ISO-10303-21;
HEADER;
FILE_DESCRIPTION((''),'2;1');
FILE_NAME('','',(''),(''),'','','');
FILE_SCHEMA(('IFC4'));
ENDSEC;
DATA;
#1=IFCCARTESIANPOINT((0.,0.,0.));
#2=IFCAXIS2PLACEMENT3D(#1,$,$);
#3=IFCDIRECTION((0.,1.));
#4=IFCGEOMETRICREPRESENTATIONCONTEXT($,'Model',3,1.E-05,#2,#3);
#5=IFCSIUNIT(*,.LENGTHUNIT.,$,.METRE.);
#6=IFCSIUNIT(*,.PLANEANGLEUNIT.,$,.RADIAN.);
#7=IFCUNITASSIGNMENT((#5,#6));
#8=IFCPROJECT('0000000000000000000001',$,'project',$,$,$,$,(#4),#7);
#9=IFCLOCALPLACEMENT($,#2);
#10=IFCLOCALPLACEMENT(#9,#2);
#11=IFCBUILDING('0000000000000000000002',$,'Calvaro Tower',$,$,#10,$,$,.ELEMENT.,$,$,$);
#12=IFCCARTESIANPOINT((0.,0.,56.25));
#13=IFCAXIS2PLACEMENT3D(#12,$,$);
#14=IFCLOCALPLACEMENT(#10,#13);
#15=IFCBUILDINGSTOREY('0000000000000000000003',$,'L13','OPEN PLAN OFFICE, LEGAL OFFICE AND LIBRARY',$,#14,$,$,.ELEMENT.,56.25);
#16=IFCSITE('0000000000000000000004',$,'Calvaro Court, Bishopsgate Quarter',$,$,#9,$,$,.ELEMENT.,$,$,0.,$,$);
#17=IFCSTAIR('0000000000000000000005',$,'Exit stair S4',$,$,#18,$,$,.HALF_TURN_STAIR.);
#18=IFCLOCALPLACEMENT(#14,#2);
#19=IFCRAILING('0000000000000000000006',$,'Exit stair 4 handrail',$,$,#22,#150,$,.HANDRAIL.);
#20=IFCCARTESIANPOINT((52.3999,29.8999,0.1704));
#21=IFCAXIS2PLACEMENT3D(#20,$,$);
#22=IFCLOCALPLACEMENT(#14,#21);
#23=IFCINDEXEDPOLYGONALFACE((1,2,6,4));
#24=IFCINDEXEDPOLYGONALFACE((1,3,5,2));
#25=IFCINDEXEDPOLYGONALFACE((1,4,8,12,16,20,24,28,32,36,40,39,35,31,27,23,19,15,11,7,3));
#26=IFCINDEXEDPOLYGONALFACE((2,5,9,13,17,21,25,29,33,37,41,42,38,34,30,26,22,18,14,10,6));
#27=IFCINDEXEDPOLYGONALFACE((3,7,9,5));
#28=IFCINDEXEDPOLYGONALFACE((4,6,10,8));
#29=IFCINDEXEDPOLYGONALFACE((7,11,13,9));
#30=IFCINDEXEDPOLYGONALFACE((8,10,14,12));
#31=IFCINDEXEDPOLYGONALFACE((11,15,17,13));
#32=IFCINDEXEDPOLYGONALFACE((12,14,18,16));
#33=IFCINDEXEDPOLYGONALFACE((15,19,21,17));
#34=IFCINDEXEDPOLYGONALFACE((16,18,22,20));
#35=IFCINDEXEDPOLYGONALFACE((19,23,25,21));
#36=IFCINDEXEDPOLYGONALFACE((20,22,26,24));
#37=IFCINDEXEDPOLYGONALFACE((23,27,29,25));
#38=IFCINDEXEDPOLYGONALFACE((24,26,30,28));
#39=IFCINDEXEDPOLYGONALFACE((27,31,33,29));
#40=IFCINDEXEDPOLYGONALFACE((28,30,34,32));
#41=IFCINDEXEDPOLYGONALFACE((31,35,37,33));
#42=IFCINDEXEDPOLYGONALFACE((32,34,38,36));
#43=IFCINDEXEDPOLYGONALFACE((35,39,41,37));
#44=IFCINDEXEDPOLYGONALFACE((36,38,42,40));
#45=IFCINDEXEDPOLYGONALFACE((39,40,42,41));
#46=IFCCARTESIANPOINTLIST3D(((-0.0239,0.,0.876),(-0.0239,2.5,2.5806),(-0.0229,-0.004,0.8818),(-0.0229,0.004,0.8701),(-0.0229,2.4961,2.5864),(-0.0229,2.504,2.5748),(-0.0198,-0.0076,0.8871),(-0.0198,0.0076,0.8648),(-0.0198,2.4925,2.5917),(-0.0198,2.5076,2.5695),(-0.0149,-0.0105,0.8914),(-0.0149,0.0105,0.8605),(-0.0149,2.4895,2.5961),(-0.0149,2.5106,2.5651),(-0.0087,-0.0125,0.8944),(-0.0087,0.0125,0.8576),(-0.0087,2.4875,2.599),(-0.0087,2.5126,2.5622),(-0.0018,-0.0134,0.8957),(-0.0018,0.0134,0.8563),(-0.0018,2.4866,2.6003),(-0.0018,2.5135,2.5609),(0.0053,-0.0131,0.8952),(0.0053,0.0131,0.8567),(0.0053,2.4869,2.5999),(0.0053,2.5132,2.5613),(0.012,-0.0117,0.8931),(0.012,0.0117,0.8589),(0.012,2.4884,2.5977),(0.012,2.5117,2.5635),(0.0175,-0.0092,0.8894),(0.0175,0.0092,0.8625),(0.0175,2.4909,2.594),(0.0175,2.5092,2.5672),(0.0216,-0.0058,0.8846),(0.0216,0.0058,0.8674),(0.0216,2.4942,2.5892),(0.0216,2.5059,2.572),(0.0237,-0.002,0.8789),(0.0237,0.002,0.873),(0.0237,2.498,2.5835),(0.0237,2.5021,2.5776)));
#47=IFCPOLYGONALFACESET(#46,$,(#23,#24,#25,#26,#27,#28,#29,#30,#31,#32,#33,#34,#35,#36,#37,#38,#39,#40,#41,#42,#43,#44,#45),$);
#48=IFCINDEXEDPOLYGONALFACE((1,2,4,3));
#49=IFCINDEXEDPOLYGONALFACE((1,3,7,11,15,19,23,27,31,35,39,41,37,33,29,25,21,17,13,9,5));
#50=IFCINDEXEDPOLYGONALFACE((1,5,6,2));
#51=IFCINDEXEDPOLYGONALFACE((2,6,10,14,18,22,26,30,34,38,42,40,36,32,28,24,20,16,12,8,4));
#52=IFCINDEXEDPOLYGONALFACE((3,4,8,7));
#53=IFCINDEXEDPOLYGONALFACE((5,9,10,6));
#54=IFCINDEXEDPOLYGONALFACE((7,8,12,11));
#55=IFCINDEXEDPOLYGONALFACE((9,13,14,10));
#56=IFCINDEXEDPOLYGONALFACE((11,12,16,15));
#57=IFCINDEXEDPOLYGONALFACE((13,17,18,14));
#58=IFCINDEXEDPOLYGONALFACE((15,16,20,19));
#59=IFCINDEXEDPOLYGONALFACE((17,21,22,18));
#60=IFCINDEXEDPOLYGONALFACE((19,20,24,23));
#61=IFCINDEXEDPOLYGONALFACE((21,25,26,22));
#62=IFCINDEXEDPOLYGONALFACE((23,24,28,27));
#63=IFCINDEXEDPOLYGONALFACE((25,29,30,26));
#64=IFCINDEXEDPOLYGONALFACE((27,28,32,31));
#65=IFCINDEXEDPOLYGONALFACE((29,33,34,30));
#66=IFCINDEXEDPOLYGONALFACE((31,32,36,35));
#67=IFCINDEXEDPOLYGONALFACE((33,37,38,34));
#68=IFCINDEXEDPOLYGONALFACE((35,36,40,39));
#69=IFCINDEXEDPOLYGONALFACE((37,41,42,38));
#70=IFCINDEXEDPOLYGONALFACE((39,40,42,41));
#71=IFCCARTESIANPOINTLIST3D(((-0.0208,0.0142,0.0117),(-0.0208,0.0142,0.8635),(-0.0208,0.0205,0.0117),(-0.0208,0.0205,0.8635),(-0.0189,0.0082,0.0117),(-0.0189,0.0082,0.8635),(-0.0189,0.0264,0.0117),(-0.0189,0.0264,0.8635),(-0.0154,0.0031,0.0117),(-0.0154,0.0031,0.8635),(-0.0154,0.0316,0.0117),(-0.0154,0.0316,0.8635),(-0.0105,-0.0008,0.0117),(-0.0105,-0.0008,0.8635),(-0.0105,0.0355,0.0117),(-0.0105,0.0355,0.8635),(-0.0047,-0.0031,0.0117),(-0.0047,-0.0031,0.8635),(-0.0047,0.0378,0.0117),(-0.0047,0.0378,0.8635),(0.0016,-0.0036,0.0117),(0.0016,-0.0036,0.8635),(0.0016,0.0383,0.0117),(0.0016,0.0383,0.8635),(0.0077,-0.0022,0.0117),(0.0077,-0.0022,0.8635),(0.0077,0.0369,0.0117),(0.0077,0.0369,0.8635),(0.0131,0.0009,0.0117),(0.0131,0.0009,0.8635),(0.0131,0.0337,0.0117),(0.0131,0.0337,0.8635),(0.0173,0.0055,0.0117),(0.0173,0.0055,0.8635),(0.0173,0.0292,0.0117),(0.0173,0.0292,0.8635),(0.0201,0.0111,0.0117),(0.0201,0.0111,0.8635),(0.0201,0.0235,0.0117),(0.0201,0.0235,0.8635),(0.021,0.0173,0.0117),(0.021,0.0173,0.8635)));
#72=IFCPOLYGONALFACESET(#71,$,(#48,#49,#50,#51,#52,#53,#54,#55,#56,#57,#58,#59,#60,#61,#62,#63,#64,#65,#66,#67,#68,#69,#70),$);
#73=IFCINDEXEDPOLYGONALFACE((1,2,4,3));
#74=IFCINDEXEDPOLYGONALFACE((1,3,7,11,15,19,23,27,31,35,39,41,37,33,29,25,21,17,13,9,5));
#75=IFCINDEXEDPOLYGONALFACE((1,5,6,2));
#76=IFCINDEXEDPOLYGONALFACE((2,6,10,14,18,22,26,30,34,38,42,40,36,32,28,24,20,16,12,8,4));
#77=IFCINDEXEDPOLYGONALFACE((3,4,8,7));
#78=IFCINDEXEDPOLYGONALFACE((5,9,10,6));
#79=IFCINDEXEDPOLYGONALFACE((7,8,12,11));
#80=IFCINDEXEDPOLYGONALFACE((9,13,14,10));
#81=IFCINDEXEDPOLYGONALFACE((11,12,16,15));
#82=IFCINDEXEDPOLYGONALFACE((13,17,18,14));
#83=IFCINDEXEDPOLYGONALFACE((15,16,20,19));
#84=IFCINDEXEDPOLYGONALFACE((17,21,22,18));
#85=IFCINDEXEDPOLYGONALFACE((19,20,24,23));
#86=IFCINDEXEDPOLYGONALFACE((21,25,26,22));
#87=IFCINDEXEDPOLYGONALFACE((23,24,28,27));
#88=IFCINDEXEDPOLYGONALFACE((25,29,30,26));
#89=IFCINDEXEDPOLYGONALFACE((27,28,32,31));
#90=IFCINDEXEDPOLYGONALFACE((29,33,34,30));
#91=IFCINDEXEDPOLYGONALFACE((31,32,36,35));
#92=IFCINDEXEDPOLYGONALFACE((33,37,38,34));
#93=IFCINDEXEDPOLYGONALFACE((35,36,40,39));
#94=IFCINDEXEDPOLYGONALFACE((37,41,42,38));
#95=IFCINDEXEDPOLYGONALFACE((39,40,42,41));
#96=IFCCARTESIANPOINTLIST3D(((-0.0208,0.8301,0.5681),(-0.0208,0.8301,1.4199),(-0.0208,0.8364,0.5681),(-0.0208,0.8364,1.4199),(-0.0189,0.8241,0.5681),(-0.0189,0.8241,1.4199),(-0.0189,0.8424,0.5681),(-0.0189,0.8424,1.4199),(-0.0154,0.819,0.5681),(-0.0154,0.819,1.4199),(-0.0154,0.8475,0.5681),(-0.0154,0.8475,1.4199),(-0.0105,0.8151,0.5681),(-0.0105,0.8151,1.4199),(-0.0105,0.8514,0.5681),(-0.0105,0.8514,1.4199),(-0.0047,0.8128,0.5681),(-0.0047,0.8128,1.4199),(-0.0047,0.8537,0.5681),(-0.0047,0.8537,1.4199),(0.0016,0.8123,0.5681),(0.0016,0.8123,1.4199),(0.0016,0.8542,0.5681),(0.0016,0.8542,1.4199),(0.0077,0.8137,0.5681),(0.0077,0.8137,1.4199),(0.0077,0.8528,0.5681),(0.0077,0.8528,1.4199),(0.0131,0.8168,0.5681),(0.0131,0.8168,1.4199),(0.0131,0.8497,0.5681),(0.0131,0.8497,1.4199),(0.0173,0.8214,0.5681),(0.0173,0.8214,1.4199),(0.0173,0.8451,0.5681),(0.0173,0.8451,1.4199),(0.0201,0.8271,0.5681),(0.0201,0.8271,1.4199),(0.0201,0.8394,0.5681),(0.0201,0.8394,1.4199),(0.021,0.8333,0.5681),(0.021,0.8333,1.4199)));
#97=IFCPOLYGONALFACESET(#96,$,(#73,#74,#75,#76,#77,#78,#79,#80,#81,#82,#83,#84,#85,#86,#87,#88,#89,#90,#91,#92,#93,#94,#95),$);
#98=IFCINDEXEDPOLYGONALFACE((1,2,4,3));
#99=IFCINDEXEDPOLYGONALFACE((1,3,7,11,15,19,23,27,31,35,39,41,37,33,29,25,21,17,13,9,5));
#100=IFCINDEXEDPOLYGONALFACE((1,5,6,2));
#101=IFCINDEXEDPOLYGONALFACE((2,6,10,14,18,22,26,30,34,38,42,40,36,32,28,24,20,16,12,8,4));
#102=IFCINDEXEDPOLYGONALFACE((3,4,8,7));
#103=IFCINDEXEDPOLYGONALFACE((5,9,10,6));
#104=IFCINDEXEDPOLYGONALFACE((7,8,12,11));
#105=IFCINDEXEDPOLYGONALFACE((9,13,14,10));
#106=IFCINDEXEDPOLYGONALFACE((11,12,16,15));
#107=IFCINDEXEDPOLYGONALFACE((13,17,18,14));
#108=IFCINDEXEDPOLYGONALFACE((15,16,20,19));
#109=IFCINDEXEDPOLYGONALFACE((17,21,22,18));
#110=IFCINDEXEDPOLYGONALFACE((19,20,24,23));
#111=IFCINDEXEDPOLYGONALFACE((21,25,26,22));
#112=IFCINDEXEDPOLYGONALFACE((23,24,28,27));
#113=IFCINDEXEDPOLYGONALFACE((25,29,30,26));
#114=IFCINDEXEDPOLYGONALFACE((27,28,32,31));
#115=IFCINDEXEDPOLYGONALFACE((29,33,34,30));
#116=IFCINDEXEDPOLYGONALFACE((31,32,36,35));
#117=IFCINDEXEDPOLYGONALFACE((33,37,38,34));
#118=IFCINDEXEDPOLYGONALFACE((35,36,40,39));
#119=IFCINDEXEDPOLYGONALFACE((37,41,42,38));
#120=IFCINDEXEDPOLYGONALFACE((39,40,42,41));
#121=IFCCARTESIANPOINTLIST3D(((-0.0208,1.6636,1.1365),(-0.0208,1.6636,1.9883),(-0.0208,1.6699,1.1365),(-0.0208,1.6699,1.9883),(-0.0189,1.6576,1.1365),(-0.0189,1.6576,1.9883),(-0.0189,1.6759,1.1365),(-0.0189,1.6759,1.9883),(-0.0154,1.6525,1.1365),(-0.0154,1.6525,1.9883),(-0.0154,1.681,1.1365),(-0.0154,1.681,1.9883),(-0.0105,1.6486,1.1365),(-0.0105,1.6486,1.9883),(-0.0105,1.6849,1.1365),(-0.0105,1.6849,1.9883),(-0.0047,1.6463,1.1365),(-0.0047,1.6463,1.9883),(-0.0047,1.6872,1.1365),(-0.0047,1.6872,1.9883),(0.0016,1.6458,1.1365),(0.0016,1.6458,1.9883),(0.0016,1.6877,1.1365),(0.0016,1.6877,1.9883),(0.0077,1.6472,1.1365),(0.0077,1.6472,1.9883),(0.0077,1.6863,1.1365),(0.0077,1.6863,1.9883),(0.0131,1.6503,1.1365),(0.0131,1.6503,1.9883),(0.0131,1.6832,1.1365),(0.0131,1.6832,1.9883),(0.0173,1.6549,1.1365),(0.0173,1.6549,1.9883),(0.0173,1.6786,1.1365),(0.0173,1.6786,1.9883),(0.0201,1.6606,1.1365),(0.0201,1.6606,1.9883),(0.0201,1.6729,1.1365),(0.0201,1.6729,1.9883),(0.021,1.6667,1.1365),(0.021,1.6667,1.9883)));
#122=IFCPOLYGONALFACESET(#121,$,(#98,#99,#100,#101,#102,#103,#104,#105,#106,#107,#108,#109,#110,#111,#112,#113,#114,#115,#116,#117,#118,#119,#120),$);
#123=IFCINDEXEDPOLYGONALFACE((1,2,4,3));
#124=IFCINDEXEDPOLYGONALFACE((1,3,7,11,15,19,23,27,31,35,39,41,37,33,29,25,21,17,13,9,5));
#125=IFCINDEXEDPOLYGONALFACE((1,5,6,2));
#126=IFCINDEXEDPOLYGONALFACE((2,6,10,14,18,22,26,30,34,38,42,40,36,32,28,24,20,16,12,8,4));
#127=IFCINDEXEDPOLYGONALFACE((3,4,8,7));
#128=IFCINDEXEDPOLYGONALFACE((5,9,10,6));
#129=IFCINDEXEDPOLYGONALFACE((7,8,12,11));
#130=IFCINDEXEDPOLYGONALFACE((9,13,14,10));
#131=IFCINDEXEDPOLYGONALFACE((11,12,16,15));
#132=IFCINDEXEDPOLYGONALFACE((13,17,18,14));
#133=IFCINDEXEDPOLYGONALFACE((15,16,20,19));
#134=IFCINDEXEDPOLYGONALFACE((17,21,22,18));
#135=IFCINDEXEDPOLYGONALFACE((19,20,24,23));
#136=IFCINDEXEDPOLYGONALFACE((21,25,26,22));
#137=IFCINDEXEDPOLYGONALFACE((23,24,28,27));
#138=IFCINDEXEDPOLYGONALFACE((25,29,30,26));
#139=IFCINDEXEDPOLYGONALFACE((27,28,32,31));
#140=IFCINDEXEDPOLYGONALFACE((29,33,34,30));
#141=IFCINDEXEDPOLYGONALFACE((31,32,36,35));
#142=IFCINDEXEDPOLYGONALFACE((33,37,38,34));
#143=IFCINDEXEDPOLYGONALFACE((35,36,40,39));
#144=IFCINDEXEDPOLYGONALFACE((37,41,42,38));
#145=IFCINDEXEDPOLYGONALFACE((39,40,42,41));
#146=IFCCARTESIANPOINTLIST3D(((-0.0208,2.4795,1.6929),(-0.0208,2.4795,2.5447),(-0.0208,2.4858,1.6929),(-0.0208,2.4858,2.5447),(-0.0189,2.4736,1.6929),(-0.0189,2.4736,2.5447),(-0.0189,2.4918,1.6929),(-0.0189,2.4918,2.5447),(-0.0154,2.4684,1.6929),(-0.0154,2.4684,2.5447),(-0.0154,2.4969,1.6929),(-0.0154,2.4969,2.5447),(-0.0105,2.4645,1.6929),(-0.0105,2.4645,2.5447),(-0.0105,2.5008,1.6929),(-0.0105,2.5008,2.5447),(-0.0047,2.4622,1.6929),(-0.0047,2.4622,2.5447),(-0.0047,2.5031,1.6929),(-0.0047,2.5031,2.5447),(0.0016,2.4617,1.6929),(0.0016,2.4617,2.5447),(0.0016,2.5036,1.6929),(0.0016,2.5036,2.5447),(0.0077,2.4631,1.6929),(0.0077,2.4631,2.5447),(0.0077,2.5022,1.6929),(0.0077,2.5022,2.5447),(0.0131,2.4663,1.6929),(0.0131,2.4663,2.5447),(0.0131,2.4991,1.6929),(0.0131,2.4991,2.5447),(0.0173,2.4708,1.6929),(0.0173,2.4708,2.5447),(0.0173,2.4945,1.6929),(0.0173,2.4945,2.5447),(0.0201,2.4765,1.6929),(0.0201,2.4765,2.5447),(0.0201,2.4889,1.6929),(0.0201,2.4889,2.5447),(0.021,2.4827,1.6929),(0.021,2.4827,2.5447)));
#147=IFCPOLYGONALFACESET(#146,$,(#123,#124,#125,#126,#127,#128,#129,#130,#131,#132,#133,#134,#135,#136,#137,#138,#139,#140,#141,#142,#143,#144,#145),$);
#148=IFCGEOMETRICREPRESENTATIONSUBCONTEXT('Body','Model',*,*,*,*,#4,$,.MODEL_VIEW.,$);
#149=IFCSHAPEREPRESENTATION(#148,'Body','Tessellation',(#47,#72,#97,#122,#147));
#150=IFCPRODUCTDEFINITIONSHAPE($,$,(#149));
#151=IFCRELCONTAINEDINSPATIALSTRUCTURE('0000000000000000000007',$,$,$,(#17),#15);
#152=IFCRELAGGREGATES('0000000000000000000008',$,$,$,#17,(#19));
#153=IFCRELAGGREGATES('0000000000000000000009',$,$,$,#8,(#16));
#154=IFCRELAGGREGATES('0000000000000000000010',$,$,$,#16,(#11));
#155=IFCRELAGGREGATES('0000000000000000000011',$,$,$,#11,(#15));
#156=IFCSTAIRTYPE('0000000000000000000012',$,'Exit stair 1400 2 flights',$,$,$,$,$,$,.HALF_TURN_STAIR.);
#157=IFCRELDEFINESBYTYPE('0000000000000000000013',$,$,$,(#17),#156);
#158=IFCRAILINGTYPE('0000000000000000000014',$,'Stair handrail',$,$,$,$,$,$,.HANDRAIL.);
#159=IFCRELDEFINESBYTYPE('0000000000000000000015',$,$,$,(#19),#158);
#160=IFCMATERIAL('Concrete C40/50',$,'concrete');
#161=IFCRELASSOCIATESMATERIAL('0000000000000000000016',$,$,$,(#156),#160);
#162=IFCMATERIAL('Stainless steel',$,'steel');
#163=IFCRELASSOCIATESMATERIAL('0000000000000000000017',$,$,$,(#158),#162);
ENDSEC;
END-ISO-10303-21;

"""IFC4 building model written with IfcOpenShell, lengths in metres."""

from ifc_helpers import new_model, si_unit, direction, frame, origin, origin_2d, place, context, subcontext, project, spatial, circle, extrude, material, type_object, element, aggregate, save


model = new_model("IFC4")

# Units and contexts
model_context = context("Model", 3, precision=1e-05, world=origin(), true_north=direction((0.0, 1.0)))
body_context = subcontext(model_context, "Body", "Model", "MODEL_VIEW")
ifc_project = project(units=[si_unit("LENGTHUNIT", "METRE"), si_unit("PLANEANGLEUNIT", "RADIAN")], contexts=[model_context])

# Site, building, storey
site_placement = place(None, origin())
site = spatial("IfcSite", under=ifc_project, at=site_placement, Name="Calvaro Court, Bishopsgate Quarter", CompositionType="ELEMENT", RefElevation=0.0)
building_placement = place(site_placement, origin())
building = spatial("IfcBuilding", under=site, at=building_placement, Name="Calvaro Tower", CompositionType="ELEMENT")
storey_placement = place(building_placement, frame((0.0, 0.0, 56.25)))
storey = spatial("IfcBuildingStorey", under=building, at=storey_placement, Name="L13", Description="OPEN PLAN OFFICE, LEGAL OFFICE AND LIBRARY", CompositionType="ELEMENT", Elevation=56.25)

# Stair
ifc_material_1 = material(Name="Concrete C40/50", Category="concrete")
stair_type = type_object("IfcStairType", Name="Exit stair 1400 2 flights", PredefinedType="HALF_TURN_STAIR", material=ifc_material_1)
stair_1_placement = place(storey_placement, origin())
stair_1 = element("IfcStair", 1, at=stair_1_placement, inside=storey, type_object=stair_type, Name="Exit stair S4", PredefinedType="HALF_TURN_STAIR")

# Railing
ifc_material_2 = material(Name="Stainless steel", Category="steel")
railing_type = type_object("IfcRailingType", Name="Stair handrail", PredefinedType="HANDRAIL", material=ifc_material_2)
railing_1_placement = place(storey_placement, frame((52.3999, 29.8999, 0.1704)))
railing_1 = element("IfcRailing", 2, at=railing_1_placement, type_object=railing_type, Name="Exit stair 4 handrail", PredefinedType="HANDRAIL", context=body_context, shape_type="SweptSolid", body=[
    extrude(circle(Radius=0.0239, at=origin_2d()), frame((0.0, 0.0, 0.876), z_axis=(0.0, 0.826221, 0.563347), x_axis=(-1.0, 0.0, 0.0)), (0.0, 0.0, 1.0), 3.0259),
    extrude(circle(Radius=0.021, at=origin_2d()), frame((0.0, 0.0173, 0.0117)), (0.0, 0.0, 1.0), 0.8518),
    extrude(circle(Radius=0.021, at=origin_2d()), frame((0.0, 0.8333, 0.5681)), (0.0, 0.0, 1.0), 0.8518),
    extrude(circle(Radius=0.021, at=origin_2d()), frame((0.0, 1.6667, 1.1365)), (0.0, 0.0, 1.0), 0.8518),
    extrude(circle(Radius=0.021, at=origin_2d()), frame((0.0, 2.4827, 1.6929)), (0.0, 0.0, 1.0), 0.8518),
])
aggregate(stair_1, [railing_1])

save(model, "model.ifc")
